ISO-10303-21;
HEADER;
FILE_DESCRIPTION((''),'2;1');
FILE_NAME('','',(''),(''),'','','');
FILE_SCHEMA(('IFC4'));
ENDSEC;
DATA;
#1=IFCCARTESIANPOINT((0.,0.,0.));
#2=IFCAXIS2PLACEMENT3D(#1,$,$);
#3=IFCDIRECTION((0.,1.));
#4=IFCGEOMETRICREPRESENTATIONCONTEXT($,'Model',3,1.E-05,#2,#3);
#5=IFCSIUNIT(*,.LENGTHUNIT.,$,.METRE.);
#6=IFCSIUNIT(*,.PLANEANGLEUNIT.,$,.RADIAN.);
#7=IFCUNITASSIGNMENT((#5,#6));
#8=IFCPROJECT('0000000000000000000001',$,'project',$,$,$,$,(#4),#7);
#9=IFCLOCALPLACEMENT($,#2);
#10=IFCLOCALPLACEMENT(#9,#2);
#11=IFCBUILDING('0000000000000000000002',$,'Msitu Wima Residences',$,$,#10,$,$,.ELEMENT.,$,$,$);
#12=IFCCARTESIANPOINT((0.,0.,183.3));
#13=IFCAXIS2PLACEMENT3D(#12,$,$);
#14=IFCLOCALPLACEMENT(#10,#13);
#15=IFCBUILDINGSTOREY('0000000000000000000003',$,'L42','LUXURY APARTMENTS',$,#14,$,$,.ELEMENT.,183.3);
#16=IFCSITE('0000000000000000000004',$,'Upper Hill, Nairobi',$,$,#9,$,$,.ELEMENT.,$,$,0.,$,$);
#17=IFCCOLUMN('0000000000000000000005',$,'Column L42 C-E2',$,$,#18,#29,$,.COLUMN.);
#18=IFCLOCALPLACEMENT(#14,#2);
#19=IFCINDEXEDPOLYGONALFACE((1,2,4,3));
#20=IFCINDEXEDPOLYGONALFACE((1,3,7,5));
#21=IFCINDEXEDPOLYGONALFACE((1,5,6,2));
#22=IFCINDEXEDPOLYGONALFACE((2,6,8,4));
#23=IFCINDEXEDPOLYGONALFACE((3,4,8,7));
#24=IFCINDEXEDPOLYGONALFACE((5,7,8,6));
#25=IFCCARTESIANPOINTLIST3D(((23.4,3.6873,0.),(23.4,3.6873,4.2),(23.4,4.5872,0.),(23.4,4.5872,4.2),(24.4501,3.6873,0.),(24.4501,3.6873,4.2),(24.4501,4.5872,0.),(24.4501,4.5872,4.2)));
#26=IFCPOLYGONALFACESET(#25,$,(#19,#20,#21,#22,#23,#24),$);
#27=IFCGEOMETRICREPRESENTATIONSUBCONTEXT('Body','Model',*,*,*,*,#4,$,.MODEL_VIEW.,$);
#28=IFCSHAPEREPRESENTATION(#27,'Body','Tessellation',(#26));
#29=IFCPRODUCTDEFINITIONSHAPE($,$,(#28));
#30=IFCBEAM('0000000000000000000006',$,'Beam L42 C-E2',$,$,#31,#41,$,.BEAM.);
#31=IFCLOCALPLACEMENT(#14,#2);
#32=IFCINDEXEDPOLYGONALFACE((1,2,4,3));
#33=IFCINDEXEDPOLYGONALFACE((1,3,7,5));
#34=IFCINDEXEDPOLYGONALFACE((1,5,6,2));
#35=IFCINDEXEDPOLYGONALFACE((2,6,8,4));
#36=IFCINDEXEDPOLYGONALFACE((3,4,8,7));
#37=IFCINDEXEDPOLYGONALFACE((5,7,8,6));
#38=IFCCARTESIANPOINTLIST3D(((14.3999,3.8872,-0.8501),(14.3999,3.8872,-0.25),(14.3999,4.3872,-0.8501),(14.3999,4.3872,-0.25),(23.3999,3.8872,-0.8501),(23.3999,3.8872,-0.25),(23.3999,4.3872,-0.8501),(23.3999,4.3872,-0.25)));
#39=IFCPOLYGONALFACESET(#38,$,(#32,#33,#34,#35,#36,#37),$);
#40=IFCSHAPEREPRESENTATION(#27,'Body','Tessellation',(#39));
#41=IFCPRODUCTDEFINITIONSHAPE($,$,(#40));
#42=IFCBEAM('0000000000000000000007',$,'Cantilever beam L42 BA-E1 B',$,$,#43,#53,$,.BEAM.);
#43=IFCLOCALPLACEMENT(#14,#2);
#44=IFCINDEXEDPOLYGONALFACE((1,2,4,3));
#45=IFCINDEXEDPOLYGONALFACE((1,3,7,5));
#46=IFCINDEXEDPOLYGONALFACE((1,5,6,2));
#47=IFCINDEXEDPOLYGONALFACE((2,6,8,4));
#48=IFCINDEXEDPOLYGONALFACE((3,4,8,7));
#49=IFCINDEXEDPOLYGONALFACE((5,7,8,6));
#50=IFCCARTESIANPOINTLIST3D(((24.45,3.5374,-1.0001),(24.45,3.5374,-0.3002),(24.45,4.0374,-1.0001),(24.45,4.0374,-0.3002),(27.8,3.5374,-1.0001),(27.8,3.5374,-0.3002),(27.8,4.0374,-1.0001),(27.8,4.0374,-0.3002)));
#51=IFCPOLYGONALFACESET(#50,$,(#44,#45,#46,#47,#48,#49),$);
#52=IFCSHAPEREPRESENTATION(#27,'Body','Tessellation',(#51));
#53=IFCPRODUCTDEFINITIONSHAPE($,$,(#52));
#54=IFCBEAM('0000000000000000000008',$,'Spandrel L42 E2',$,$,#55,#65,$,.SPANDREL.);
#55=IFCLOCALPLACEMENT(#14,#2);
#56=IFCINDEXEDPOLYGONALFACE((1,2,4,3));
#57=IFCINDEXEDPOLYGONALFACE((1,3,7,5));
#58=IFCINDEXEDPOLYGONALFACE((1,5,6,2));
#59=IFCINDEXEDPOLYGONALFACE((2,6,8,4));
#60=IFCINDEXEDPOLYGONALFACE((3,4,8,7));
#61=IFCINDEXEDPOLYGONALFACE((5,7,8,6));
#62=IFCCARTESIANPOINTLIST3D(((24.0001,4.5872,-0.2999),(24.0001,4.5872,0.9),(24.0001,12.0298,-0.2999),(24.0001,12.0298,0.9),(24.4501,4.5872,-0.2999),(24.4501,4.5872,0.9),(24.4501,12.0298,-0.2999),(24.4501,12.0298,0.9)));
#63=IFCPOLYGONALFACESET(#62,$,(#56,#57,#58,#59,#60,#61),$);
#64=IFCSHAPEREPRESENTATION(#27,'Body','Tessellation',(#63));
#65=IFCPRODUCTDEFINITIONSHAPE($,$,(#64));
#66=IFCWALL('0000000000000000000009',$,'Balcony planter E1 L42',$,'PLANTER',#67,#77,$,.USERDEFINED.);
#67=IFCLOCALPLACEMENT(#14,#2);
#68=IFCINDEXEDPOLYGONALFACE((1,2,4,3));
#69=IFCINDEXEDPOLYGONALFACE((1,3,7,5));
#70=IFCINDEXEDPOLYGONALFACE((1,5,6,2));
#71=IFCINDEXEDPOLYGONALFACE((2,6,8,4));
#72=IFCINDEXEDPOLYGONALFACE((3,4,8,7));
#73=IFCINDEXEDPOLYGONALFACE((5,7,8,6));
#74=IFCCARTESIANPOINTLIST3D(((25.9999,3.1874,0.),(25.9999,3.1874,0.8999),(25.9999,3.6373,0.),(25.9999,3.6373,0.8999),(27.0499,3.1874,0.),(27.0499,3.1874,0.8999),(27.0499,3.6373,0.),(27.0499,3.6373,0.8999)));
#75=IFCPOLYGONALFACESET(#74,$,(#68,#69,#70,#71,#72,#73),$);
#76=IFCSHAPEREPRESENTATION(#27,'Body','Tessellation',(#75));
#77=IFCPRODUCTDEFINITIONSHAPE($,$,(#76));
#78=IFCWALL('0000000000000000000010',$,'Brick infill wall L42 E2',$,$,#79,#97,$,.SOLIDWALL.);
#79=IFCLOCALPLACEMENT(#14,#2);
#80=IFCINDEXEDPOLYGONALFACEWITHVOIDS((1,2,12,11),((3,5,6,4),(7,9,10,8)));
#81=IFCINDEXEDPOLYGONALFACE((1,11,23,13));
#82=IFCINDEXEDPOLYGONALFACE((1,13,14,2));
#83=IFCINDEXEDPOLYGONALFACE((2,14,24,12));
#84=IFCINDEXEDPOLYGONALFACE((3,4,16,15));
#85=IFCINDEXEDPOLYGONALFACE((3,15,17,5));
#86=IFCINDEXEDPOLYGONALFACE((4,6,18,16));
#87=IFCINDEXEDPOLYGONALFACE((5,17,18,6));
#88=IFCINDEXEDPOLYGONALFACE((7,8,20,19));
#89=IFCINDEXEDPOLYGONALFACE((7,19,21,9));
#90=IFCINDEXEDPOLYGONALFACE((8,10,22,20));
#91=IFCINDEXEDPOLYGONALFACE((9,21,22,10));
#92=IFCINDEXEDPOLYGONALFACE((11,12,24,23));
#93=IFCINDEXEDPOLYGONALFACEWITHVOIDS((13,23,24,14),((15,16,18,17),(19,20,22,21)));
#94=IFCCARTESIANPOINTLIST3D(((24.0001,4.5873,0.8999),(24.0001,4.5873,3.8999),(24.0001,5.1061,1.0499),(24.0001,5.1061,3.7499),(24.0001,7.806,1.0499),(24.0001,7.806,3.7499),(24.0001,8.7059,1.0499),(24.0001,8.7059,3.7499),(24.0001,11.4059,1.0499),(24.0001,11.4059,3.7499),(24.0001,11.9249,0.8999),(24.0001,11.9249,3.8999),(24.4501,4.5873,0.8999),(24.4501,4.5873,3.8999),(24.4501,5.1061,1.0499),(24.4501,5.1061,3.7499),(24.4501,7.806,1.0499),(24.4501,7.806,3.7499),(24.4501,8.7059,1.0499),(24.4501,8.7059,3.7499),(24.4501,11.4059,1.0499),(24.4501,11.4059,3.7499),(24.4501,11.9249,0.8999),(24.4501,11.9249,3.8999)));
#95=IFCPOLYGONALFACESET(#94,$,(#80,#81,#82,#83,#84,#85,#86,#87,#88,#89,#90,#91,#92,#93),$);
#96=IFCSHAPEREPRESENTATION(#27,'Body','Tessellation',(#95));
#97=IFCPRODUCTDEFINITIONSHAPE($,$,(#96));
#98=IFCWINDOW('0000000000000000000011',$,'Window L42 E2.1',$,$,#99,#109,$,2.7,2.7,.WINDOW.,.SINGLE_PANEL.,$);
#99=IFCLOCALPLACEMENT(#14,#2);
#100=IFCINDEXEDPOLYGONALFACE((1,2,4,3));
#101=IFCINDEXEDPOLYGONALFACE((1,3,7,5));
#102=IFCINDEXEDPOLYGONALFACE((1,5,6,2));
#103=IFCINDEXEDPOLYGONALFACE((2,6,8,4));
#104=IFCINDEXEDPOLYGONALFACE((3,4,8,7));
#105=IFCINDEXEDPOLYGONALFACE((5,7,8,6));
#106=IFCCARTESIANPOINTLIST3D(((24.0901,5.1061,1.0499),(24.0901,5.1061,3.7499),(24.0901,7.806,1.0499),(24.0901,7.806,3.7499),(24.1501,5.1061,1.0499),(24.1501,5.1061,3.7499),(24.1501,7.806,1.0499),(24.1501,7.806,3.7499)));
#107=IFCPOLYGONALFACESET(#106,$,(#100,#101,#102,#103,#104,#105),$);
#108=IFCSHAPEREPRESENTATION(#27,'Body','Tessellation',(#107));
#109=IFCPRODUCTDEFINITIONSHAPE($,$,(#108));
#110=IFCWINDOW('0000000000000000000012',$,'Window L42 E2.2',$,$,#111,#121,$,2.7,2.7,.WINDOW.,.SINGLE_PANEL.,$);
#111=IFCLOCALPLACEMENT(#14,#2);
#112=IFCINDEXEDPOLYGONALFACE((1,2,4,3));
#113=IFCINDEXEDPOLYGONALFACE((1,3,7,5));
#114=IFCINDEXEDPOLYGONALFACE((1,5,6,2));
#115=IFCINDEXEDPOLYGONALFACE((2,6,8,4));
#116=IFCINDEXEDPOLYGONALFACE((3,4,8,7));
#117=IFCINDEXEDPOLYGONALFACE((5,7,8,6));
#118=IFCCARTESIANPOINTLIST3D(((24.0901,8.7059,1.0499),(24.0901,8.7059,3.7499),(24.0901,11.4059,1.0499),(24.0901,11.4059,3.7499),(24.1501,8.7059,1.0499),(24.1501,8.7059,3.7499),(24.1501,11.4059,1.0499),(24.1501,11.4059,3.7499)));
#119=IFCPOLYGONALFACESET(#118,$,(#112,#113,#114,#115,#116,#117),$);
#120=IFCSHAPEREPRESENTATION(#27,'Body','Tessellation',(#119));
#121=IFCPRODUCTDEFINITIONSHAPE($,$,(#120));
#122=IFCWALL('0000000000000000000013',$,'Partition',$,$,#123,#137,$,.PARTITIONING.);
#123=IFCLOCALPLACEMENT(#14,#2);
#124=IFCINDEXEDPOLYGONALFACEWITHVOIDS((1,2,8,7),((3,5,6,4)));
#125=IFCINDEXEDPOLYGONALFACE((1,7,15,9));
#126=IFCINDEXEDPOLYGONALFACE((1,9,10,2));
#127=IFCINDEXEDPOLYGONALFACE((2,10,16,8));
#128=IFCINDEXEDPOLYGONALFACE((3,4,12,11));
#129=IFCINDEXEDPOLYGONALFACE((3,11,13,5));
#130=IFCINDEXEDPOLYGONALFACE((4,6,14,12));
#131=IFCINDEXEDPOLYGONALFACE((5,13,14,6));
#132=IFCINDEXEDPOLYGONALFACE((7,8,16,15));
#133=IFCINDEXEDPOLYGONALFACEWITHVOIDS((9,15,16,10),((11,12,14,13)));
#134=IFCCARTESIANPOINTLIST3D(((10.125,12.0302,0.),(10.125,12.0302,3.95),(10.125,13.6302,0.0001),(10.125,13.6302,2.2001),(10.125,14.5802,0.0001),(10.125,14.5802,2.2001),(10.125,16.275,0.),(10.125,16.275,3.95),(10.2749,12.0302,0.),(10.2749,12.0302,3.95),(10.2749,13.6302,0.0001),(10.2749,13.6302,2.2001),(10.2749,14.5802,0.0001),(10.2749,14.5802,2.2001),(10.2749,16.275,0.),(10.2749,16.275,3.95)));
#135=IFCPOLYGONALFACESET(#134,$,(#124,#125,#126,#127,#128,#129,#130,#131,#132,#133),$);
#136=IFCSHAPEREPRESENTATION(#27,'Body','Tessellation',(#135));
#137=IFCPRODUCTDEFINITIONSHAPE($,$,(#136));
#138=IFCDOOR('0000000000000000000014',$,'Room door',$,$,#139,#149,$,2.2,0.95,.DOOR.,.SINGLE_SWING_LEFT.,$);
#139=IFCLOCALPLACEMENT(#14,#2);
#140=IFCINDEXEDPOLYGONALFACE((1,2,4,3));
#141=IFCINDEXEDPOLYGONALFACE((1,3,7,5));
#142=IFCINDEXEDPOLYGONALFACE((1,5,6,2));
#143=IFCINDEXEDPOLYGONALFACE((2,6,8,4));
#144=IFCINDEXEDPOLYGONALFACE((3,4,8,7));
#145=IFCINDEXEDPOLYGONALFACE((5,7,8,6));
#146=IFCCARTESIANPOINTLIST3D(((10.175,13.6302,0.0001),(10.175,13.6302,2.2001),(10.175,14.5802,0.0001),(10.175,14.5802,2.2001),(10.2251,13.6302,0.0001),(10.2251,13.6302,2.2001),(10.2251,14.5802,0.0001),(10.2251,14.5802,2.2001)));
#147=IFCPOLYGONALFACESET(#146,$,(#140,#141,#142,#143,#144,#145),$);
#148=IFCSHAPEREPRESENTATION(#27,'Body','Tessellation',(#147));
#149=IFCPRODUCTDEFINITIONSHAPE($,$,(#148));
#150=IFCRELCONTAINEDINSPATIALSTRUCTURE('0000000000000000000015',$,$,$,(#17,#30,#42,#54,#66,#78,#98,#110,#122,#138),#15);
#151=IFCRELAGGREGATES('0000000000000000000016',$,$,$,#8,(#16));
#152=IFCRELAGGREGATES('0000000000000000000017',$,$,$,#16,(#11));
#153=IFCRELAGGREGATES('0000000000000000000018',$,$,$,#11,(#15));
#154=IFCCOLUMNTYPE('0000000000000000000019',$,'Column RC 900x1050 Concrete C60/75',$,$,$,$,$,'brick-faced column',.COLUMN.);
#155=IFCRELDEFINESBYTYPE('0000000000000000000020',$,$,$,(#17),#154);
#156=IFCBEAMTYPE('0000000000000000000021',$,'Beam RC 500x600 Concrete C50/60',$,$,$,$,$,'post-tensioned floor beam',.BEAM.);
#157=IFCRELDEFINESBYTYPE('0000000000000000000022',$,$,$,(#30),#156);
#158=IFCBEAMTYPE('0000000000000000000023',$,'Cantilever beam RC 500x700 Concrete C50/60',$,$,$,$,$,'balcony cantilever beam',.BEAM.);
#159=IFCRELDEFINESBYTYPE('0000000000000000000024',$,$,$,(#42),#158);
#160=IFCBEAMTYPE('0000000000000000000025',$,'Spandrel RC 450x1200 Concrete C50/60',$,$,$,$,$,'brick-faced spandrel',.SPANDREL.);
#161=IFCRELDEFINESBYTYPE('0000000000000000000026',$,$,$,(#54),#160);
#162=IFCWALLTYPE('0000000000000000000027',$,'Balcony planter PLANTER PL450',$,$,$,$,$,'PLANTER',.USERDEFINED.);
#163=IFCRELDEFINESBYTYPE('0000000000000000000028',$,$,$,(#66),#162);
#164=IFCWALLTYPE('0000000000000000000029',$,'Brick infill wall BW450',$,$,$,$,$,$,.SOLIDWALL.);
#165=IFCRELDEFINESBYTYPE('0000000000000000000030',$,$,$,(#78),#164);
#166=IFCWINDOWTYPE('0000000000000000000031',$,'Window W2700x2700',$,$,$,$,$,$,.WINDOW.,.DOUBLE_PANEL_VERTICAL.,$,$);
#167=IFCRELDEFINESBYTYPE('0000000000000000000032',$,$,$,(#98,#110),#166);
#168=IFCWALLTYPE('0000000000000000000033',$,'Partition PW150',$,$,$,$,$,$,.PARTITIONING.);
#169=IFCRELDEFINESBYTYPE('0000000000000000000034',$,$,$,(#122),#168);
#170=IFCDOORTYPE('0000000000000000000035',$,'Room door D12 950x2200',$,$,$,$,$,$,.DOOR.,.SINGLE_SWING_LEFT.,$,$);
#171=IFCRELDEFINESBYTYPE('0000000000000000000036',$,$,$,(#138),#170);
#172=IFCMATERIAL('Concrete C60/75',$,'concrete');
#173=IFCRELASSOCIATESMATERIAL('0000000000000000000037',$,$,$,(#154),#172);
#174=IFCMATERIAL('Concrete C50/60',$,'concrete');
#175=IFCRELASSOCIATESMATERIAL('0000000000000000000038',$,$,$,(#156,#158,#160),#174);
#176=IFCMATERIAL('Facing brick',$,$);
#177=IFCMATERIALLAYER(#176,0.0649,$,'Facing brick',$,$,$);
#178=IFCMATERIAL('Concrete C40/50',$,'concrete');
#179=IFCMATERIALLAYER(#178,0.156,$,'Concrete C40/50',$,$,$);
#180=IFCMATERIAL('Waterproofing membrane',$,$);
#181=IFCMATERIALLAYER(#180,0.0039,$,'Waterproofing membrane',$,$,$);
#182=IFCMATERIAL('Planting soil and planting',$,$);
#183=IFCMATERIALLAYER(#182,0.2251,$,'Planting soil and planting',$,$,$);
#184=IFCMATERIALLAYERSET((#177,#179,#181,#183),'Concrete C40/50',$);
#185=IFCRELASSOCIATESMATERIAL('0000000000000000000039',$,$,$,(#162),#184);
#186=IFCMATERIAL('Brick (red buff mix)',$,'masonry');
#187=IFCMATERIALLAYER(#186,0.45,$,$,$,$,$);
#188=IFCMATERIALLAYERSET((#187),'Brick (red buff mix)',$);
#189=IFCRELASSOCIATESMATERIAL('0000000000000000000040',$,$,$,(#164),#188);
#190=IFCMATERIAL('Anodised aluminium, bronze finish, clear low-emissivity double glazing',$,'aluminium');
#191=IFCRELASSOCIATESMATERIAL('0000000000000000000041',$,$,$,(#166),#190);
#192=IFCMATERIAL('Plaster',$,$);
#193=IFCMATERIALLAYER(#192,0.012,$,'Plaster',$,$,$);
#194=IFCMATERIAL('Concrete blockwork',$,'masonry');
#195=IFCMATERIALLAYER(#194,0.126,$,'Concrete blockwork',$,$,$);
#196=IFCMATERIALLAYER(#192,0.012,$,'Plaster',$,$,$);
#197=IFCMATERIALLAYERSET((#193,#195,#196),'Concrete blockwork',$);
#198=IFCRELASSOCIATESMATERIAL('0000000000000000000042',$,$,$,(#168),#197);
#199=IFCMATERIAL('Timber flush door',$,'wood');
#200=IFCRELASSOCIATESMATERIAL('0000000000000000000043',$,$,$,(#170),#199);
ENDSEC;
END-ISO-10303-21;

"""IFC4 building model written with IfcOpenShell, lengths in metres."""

from ifc_helpers import new_model, si_unit, direction, frame, frame_2d, origin, origin_2d, place, context, subcontext, project, spatial, rectangle, extrude, material, layer, layer_set, material_profile, profile_set, type_object, element, fill, save


model = new_model("IFC4")

# Units and contexts
model_context = context("Model", 3, precision=1e-05, world=origin(), true_north=direction((0.0, 1.0)))
body_context = subcontext(model_context, "Body", "Model", "MODEL_VIEW")
ifc_project = project(units=[si_unit("LENGTHUNIT", "METRE"), si_unit("PLANEANGLEUNIT", "RADIAN")], contexts=[model_context])

# Site, building, storey
site_placement = place(None, origin())
site = spatial("IfcSite", under=ifc_project, at=site_placement, Name="Upper Hill, Nairobi", CompositionType="ELEMENT", RefElevation=0.0)
building_placement = place(site_placement, origin())
building = spatial("IfcBuilding", under=site, at=building_placement, Name="Msitu Wima Residences", CompositionType="ELEMENT")
storey_placement = place(building_placement, frame((0.0, 0.0, 183.3)))
storey = spatial("IfcBuildingStorey", under=building, at=storey_placement, Name="L42", Description="LUXURY APARTMENTS", CompositionType="ELEMENT", Elevation=183.3)

# Column
ifc_material_1 = material(Name="Concrete C60/75", Category="concrete")
ifc_material_profile_1 = material_profile(ifc_material_1, rectangle(XDim=0.8999, YDim=1.05, at=origin_2d()), Name="RC 900x1050")
ifc_profile_set_1 = profile_set([ifc_material_profile_1], Name="Concrete C60/75")
column_type = type_object("IfcColumnType", Name="Column RC 900x1050 Concrete C60/75", ElementType="brick-faced column", PredefinedType="COLUMN", material=ifc_profile_set_1)
column_placement = place(storey_placement, frame((23.925, 4.1372, 0.0), z_axis=(0.0, 0.0, 1.0), x_axis=(0.0, 1.0, 0.0)))
element("IfcColumn", 1, at=column_placement, inside=storey, type_object=column_type, Name="Column L42 C-E2", PredefinedType="COLUMN", context=body_context, shape_type="SweptSolid", body=[
    extrude(rectangle(XDim=0.8999, YDim=1.05, at=origin_2d()), origin(), (0.0, 0.0, 1.0), 4.2),
])

# Beams
ifc_material_2 = material(Name="Concrete C50/60", Category="concrete")
ifc_material_profile_2 = material_profile(ifc_material_2, rectangle(XDim=0.5, YDim=0.6001, at=origin_2d()), Name="RC 500x600")
ifc_profile_set_2 = profile_set([ifc_material_profile_2], Name="Concrete C50/60")
beam_type_1 = type_object("IfcBeamType", Name="Beam RC 500x600 Concrete C50/60", ElementType="post-tensioned floor beam", PredefinedType="BEAM", material=ifc_profile_set_2)
beam_1_placement = place(storey_placement, frame((23.3999, 4.1372, -0.55), z_axis=(-1.0, 0.0, 0.0), x_axis=(0.0, -1.0, 0.0)))
element("IfcBeam", 2, at=beam_1_placement, inside=storey, type_object=beam_type_1, Name="Beam L42 C-E2", PredefinedType="BEAM", context=body_context, shape_type="SweptSolid", body=[
    extrude(rectangle(XDim=0.5, YDim=0.6001, at=origin_2d()), origin(), (0.0, 0.0, 1.0), 9.0),
])
ifc_material_profile_3 = material_profile(ifc_material_2, rectangle(XDim=0.5, YDim=0.7, at=origin_2d()), Name="RC 500x700")
ifc_profile_set_3 = profile_set([ifc_material_profile_3], Name="Concrete C50/60")
beam_type_2 = type_object("IfcBeamType", Name="Cantilever beam RC 500x700 Concrete C50/60", ElementType="balcony cantilever beam", PredefinedType="BEAM", material=ifc_profile_set_3)
beam_2_placement = place(storey_placement, frame((24.45, 3.7874, -0.6501), z_axis=(1.0, 0.0, 0.0), x_axis=(0.0, 1.0, 0.0)))
element("IfcBeam", 3, at=beam_2_placement, inside=storey, type_object=beam_type_2, Name="Cantilever beam L42 BA-E1 B", PredefinedType="BEAM", context=body_context, shape_type="SweptSolid", body=[
    extrude(rectangle(XDim=0.5, YDim=0.7, at=origin_2d()), origin(), (0.0, 0.0, 1.0), 3.3501),
])
ifc_material_profile_4 = material_profile(ifc_material_2, rectangle(XDim=0.45, YDim=1.2, at=origin_2d()), Name="RC 450x1200")
ifc_profile_set_4 = profile_set([ifc_material_profile_4], Name="Concrete C50/60")
beam_type_3 = type_object("IfcBeamType", Name="Spandrel RC 450x1200 Concrete C50/60", ElementType="brick-faced spandrel", PredefinedType="SPANDREL", material=ifc_profile_set_4)
beam_3_placement = place(storey_placement, frame((24.2251, 4.5872, 0.3), z_axis=(0.0, 1.0, 0.0), x_axis=(-1.0, 0.0, 0.0)))
element("IfcBeam", 4, at=beam_3_placement, inside=storey, type_object=beam_type_3, Name="Spandrel L42 E2", PredefinedType="SPANDREL", context=body_context, shape_type="SweptSolid", body=[
    extrude(rectangle(XDim=0.45, YDim=1.2, at=origin_2d()), origin(), (0.0, 0.0, 1.0), 7.4426),
])

# Wall
ifc_material_3 = material(Name="Facing brick")
ifc_layer_1 = layer(ifc_material_3, 0.0649, Name="Facing brick")
ifc_material_4 = material(Name="Concrete C40/50", Category="concrete")
ifc_layer_2 = layer(ifc_material_4, 0.156, Name="Concrete C40/50")
ifc_material_5 = material(Name="Waterproofing membrane")
ifc_layer_3 = layer(ifc_material_5, 0.0039, Name="Waterproofing membrane")
ifc_material_6 = material(Name="Planting soil and planting")
ifc_layer_4 = layer(ifc_material_6, 0.2251, Name="Planting soil and planting")
ifc_layer_set_1 = layer_set([ifc_layer_1, ifc_layer_2, ifc_layer_3, ifc_layer_4], Name="Concrete C40/50")
wall_type_1 = type_object("IfcWallType", Name="Balcony planter PLANTER PL450", ElementType="PLANTER", PredefinedType="USERDEFINED", material=ifc_layer_set_1)
wall_1_placement = place(storey_placement, frame((26.0, 3.4124, 0.0), z_axis=(0.0, 0.0, 1.0), x_axis=(1.0, 0.0, 0.0)))
element("IfcWall", 5, at=wall_1_placement, inside=storey, type_object=wall_type_1, Name="Balcony planter E1 L42", ObjectType="PLANTER", PredefinedType="USERDEFINED", context=body_context, shape_type="SweptSolid", body=[
    extrude(rectangle(XDim=1.05, YDim=0.45, at=frame_2d((0.5249, 0.0))), origin(), (0.0, 0.0, 1.0), 0.8999),
])

# Wall, openings, windows
ifc_material_7 = material(Name="Brick (red buff mix)", Category="masonry")
ifc_layer_5 = layer(ifc_material_7, 0.45)
ifc_layer_set_2 = layer_set([ifc_layer_5], Name="Brick (red buff mix)")
wall_type_2 = type_object("IfcWallType", Name="Brick infill wall BW450", PredefinedType="SOLIDWALL", material=ifc_layer_set_2)
wall_2_placement = place(storey_placement, frame((24.2251, 4.5872, 0.8999), z_axis=(0.0, 0.0, 1.0), x_axis=(0.0, 1.0, 0.0)))
wall_2 = element("IfcWall", 6, at=wall_2_placement, inside=storey, type_object=wall_type_2, Name="Brick infill wall L42 E2", PredefinedType="SOLIDWALL", context=body_context, shape_type="SweptSolid", body=[
    extrude(rectangle(XDim=7.3376, YDim=0.45, at=frame_2d((3.6689, 0.0))), origin(), (0.0, 0.0, 1.0), 3.0),
])
opening_1_placement = place(wall_2_placement, frame((0.5188, 0.0, 0.1499)))
opening_1 = element("IfcOpeningElement", 7, at=opening_1_placement, cuts=wall_2, PredefinedType="OPENING", context=body_context, shape_type="SweptSolid", body=[
    extrude(rectangle(XDim=2.7, YDim=2.7, at=frame_2d((1.3501, 1.3501))), frame((0.0, 0.2349, 0.0), z_axis=(0.0, -1.0, 0.0), x_axis=(1.0, 0.0, 0.0)), (0.0, 0.0, 1.0), 0.47),
])
opening_2_placement = place(wall_2_placement, frame((4.1187, 0.0, 0.1499)))
opening_2 = element("IfcOpeningElement", 8, at=opening_2_placement, cuts=wall_2, PredefinedType="OPENING", context=body_context, shape_type="SweptSolid", body=[
    extrude(rectangle(XDim=2.7, YDim=2.7, at=frame_2d((1.3501, 1.3501))), frame((0.0, 0.2349, 0.0), z_axis=(0.0, -1.0, 0.0), x_axis=(1.0, 0.0, 0.0)), (0.0, 0.0, 1.0), 0.47),
])
ifc_material_8 = material(Name="Anodised aluminium, bronze finish, clear low-emissivity double glazing", Category="aluminium")
window_type = type_object("IfcWindowType", Name="Window W2700x2700", PartitioningType="DOUBLE_PANEL_VERTICAL", PredefinedType="WINDOW", material=ifc_material_8)
window_1_placement = place(opening_1_placement, origin())
window_1 = element("IfcWindow", 9, at=window_1_placement, inside=storey, type_object=window_type, Name="Window L42 E2.1", OverallHeight=2.7, OverallWidth=2.7, PartitioningType="SINGLE_PANEL", PredefinedType="WINDOW", context=body_context, shape_type="SweptSolid", body=[
    extrude(rectangle(XDim=2.7, YDim=2.7, at=frame_2d((1.3501, 1.3501))), frame((0.0, 0.135, 0.0), z_axis=(0.0, -1.0, 0.0), x_axis=(1.0, 0.0, 0.0)), (0.0, 0.0, 1.0), 0.0601),
])
fill(opening_1, window_1)
window_2_placement = place(opening_2_placement, origin())
window_2 = element("IfcWindow", 10, at=window_2_placement, inside=storey, type_object=window_type, Name="Window L42 E2.2", OverallHeight=2.7, OverallWidth=2.7, PartitioningType="SINGLE_PANEL", PredefinedType="WINDOW", context=body_context, shape_type="SweptSolid", body=[
    extrude(rectangle(XDim=2.7, YDim=2.7, at=frame_2d((1.3501, 1.3501))), frame((0.0, 0.135, 0.0), z_axis=(0.0, -1.0, 0.0), x_axis=(1.0, 0.0, 0.0)), (0.0, 0.0, 1.0), 0.0601),
])
fill(opening_2, window_2)

# Wall, opening, door
ifc_material_9 = material(Name="Plaster")
ifc_layer_6 = layer(ifc_material_9, 0.012, Name="Plaster")
ifc_material_10 = material(Name="Concrete blockwork", Category="masonry")
ifc_layer_7 = layer(ifc_material_10, 0.126, Name="Concrete blockwork")
ifc_layer_8 = layer(ifc_material_9, 0.012, Name="Plaster")
ifc_layer_set_3 = layer_set([ifc_layer_6, ifc_layer_7, ifc_layer_8], Name="Concrete blockwork")
wall_type_3 = type_object("IfcWallType", Name="Partition PW150", PredefinedType="PARTITIONING", material=ifc_layer_set_3)
wall_3_placement = place(storey_placement, frame((10.2, 12.03, 0.0), z_axis=(0.0, 0.0, 1.0), x_axis=(0.0, 1.0, 0.0)))
wall_3 = element("IfcWall", 11, at=wall_3_placement, inside=storey, type_object=wall_type_3, Name="Partition", PredefinedType="PARTITIONING", context=body_context, shape_type="SweptSolid", body=[
    extrude(rectangle(XDim=4.2449, YDim=0.1499, at=frame_2d((2.1226, 0.0))), origin(), (0.0, 0.0, 1.0), 3.95),
])
opening_3_placement = place(wall_3_placement, frame((1.6001, 0.0, 0.0)))
opening_3 = element("IfcOpeningElement", 12, at=opening_3_placement, cuts=wall_3, PredefinedType="OPENING", context=body_context, shape_type="SweptSolid", body=[
    extrude(rectangle(XDim=0.95, YDim=2.2, at=frame_2d((0.4751, 1.1001))), frame((0.0, 0.085, 0.0), z_axis=(0.0, -1.0, 0.0), x_axis=(1.0, 0.0, 0.0)), (0.0, 0.0, 1.0), 0.1699),
])
ifc_material_11 = material(Name="Timber flush door", Category="wood")
door_type_1 = type_object("IfcDoorType", Name="Room door D12 950x2200", OperationType="SINGLE_SWING_LEFT", PredefinedType="DOOR", material=ifc_material_11)
door_1_placement = place(opening_3_placement, origin())
door_1 = element("IfcDoor", 13, at=door_1_placement, inside=storey, type_object=door_type_1, Name="Room door", OperationType="SINGLE_SWING_LEFT", OverallHeight=2.2, OverallWidth=0.95, PredefinedType="DOOR", context=body_context, shape_type="SweptSolid", body=[
    extrude(rectangle(XDim=0.95, YDim=2.2, at=frame_2d((0.4751, 1.1001))), frame((0.0, 0.0249, 0.0), z_axis=(0.0, -1.0, 0.0), x_axis=(1.0, 0.0, 0.0)), (0.0, 0.0, 1.0), 0.05),
])
fill(opening_3, door_1)

save(model, "model.ifc")
